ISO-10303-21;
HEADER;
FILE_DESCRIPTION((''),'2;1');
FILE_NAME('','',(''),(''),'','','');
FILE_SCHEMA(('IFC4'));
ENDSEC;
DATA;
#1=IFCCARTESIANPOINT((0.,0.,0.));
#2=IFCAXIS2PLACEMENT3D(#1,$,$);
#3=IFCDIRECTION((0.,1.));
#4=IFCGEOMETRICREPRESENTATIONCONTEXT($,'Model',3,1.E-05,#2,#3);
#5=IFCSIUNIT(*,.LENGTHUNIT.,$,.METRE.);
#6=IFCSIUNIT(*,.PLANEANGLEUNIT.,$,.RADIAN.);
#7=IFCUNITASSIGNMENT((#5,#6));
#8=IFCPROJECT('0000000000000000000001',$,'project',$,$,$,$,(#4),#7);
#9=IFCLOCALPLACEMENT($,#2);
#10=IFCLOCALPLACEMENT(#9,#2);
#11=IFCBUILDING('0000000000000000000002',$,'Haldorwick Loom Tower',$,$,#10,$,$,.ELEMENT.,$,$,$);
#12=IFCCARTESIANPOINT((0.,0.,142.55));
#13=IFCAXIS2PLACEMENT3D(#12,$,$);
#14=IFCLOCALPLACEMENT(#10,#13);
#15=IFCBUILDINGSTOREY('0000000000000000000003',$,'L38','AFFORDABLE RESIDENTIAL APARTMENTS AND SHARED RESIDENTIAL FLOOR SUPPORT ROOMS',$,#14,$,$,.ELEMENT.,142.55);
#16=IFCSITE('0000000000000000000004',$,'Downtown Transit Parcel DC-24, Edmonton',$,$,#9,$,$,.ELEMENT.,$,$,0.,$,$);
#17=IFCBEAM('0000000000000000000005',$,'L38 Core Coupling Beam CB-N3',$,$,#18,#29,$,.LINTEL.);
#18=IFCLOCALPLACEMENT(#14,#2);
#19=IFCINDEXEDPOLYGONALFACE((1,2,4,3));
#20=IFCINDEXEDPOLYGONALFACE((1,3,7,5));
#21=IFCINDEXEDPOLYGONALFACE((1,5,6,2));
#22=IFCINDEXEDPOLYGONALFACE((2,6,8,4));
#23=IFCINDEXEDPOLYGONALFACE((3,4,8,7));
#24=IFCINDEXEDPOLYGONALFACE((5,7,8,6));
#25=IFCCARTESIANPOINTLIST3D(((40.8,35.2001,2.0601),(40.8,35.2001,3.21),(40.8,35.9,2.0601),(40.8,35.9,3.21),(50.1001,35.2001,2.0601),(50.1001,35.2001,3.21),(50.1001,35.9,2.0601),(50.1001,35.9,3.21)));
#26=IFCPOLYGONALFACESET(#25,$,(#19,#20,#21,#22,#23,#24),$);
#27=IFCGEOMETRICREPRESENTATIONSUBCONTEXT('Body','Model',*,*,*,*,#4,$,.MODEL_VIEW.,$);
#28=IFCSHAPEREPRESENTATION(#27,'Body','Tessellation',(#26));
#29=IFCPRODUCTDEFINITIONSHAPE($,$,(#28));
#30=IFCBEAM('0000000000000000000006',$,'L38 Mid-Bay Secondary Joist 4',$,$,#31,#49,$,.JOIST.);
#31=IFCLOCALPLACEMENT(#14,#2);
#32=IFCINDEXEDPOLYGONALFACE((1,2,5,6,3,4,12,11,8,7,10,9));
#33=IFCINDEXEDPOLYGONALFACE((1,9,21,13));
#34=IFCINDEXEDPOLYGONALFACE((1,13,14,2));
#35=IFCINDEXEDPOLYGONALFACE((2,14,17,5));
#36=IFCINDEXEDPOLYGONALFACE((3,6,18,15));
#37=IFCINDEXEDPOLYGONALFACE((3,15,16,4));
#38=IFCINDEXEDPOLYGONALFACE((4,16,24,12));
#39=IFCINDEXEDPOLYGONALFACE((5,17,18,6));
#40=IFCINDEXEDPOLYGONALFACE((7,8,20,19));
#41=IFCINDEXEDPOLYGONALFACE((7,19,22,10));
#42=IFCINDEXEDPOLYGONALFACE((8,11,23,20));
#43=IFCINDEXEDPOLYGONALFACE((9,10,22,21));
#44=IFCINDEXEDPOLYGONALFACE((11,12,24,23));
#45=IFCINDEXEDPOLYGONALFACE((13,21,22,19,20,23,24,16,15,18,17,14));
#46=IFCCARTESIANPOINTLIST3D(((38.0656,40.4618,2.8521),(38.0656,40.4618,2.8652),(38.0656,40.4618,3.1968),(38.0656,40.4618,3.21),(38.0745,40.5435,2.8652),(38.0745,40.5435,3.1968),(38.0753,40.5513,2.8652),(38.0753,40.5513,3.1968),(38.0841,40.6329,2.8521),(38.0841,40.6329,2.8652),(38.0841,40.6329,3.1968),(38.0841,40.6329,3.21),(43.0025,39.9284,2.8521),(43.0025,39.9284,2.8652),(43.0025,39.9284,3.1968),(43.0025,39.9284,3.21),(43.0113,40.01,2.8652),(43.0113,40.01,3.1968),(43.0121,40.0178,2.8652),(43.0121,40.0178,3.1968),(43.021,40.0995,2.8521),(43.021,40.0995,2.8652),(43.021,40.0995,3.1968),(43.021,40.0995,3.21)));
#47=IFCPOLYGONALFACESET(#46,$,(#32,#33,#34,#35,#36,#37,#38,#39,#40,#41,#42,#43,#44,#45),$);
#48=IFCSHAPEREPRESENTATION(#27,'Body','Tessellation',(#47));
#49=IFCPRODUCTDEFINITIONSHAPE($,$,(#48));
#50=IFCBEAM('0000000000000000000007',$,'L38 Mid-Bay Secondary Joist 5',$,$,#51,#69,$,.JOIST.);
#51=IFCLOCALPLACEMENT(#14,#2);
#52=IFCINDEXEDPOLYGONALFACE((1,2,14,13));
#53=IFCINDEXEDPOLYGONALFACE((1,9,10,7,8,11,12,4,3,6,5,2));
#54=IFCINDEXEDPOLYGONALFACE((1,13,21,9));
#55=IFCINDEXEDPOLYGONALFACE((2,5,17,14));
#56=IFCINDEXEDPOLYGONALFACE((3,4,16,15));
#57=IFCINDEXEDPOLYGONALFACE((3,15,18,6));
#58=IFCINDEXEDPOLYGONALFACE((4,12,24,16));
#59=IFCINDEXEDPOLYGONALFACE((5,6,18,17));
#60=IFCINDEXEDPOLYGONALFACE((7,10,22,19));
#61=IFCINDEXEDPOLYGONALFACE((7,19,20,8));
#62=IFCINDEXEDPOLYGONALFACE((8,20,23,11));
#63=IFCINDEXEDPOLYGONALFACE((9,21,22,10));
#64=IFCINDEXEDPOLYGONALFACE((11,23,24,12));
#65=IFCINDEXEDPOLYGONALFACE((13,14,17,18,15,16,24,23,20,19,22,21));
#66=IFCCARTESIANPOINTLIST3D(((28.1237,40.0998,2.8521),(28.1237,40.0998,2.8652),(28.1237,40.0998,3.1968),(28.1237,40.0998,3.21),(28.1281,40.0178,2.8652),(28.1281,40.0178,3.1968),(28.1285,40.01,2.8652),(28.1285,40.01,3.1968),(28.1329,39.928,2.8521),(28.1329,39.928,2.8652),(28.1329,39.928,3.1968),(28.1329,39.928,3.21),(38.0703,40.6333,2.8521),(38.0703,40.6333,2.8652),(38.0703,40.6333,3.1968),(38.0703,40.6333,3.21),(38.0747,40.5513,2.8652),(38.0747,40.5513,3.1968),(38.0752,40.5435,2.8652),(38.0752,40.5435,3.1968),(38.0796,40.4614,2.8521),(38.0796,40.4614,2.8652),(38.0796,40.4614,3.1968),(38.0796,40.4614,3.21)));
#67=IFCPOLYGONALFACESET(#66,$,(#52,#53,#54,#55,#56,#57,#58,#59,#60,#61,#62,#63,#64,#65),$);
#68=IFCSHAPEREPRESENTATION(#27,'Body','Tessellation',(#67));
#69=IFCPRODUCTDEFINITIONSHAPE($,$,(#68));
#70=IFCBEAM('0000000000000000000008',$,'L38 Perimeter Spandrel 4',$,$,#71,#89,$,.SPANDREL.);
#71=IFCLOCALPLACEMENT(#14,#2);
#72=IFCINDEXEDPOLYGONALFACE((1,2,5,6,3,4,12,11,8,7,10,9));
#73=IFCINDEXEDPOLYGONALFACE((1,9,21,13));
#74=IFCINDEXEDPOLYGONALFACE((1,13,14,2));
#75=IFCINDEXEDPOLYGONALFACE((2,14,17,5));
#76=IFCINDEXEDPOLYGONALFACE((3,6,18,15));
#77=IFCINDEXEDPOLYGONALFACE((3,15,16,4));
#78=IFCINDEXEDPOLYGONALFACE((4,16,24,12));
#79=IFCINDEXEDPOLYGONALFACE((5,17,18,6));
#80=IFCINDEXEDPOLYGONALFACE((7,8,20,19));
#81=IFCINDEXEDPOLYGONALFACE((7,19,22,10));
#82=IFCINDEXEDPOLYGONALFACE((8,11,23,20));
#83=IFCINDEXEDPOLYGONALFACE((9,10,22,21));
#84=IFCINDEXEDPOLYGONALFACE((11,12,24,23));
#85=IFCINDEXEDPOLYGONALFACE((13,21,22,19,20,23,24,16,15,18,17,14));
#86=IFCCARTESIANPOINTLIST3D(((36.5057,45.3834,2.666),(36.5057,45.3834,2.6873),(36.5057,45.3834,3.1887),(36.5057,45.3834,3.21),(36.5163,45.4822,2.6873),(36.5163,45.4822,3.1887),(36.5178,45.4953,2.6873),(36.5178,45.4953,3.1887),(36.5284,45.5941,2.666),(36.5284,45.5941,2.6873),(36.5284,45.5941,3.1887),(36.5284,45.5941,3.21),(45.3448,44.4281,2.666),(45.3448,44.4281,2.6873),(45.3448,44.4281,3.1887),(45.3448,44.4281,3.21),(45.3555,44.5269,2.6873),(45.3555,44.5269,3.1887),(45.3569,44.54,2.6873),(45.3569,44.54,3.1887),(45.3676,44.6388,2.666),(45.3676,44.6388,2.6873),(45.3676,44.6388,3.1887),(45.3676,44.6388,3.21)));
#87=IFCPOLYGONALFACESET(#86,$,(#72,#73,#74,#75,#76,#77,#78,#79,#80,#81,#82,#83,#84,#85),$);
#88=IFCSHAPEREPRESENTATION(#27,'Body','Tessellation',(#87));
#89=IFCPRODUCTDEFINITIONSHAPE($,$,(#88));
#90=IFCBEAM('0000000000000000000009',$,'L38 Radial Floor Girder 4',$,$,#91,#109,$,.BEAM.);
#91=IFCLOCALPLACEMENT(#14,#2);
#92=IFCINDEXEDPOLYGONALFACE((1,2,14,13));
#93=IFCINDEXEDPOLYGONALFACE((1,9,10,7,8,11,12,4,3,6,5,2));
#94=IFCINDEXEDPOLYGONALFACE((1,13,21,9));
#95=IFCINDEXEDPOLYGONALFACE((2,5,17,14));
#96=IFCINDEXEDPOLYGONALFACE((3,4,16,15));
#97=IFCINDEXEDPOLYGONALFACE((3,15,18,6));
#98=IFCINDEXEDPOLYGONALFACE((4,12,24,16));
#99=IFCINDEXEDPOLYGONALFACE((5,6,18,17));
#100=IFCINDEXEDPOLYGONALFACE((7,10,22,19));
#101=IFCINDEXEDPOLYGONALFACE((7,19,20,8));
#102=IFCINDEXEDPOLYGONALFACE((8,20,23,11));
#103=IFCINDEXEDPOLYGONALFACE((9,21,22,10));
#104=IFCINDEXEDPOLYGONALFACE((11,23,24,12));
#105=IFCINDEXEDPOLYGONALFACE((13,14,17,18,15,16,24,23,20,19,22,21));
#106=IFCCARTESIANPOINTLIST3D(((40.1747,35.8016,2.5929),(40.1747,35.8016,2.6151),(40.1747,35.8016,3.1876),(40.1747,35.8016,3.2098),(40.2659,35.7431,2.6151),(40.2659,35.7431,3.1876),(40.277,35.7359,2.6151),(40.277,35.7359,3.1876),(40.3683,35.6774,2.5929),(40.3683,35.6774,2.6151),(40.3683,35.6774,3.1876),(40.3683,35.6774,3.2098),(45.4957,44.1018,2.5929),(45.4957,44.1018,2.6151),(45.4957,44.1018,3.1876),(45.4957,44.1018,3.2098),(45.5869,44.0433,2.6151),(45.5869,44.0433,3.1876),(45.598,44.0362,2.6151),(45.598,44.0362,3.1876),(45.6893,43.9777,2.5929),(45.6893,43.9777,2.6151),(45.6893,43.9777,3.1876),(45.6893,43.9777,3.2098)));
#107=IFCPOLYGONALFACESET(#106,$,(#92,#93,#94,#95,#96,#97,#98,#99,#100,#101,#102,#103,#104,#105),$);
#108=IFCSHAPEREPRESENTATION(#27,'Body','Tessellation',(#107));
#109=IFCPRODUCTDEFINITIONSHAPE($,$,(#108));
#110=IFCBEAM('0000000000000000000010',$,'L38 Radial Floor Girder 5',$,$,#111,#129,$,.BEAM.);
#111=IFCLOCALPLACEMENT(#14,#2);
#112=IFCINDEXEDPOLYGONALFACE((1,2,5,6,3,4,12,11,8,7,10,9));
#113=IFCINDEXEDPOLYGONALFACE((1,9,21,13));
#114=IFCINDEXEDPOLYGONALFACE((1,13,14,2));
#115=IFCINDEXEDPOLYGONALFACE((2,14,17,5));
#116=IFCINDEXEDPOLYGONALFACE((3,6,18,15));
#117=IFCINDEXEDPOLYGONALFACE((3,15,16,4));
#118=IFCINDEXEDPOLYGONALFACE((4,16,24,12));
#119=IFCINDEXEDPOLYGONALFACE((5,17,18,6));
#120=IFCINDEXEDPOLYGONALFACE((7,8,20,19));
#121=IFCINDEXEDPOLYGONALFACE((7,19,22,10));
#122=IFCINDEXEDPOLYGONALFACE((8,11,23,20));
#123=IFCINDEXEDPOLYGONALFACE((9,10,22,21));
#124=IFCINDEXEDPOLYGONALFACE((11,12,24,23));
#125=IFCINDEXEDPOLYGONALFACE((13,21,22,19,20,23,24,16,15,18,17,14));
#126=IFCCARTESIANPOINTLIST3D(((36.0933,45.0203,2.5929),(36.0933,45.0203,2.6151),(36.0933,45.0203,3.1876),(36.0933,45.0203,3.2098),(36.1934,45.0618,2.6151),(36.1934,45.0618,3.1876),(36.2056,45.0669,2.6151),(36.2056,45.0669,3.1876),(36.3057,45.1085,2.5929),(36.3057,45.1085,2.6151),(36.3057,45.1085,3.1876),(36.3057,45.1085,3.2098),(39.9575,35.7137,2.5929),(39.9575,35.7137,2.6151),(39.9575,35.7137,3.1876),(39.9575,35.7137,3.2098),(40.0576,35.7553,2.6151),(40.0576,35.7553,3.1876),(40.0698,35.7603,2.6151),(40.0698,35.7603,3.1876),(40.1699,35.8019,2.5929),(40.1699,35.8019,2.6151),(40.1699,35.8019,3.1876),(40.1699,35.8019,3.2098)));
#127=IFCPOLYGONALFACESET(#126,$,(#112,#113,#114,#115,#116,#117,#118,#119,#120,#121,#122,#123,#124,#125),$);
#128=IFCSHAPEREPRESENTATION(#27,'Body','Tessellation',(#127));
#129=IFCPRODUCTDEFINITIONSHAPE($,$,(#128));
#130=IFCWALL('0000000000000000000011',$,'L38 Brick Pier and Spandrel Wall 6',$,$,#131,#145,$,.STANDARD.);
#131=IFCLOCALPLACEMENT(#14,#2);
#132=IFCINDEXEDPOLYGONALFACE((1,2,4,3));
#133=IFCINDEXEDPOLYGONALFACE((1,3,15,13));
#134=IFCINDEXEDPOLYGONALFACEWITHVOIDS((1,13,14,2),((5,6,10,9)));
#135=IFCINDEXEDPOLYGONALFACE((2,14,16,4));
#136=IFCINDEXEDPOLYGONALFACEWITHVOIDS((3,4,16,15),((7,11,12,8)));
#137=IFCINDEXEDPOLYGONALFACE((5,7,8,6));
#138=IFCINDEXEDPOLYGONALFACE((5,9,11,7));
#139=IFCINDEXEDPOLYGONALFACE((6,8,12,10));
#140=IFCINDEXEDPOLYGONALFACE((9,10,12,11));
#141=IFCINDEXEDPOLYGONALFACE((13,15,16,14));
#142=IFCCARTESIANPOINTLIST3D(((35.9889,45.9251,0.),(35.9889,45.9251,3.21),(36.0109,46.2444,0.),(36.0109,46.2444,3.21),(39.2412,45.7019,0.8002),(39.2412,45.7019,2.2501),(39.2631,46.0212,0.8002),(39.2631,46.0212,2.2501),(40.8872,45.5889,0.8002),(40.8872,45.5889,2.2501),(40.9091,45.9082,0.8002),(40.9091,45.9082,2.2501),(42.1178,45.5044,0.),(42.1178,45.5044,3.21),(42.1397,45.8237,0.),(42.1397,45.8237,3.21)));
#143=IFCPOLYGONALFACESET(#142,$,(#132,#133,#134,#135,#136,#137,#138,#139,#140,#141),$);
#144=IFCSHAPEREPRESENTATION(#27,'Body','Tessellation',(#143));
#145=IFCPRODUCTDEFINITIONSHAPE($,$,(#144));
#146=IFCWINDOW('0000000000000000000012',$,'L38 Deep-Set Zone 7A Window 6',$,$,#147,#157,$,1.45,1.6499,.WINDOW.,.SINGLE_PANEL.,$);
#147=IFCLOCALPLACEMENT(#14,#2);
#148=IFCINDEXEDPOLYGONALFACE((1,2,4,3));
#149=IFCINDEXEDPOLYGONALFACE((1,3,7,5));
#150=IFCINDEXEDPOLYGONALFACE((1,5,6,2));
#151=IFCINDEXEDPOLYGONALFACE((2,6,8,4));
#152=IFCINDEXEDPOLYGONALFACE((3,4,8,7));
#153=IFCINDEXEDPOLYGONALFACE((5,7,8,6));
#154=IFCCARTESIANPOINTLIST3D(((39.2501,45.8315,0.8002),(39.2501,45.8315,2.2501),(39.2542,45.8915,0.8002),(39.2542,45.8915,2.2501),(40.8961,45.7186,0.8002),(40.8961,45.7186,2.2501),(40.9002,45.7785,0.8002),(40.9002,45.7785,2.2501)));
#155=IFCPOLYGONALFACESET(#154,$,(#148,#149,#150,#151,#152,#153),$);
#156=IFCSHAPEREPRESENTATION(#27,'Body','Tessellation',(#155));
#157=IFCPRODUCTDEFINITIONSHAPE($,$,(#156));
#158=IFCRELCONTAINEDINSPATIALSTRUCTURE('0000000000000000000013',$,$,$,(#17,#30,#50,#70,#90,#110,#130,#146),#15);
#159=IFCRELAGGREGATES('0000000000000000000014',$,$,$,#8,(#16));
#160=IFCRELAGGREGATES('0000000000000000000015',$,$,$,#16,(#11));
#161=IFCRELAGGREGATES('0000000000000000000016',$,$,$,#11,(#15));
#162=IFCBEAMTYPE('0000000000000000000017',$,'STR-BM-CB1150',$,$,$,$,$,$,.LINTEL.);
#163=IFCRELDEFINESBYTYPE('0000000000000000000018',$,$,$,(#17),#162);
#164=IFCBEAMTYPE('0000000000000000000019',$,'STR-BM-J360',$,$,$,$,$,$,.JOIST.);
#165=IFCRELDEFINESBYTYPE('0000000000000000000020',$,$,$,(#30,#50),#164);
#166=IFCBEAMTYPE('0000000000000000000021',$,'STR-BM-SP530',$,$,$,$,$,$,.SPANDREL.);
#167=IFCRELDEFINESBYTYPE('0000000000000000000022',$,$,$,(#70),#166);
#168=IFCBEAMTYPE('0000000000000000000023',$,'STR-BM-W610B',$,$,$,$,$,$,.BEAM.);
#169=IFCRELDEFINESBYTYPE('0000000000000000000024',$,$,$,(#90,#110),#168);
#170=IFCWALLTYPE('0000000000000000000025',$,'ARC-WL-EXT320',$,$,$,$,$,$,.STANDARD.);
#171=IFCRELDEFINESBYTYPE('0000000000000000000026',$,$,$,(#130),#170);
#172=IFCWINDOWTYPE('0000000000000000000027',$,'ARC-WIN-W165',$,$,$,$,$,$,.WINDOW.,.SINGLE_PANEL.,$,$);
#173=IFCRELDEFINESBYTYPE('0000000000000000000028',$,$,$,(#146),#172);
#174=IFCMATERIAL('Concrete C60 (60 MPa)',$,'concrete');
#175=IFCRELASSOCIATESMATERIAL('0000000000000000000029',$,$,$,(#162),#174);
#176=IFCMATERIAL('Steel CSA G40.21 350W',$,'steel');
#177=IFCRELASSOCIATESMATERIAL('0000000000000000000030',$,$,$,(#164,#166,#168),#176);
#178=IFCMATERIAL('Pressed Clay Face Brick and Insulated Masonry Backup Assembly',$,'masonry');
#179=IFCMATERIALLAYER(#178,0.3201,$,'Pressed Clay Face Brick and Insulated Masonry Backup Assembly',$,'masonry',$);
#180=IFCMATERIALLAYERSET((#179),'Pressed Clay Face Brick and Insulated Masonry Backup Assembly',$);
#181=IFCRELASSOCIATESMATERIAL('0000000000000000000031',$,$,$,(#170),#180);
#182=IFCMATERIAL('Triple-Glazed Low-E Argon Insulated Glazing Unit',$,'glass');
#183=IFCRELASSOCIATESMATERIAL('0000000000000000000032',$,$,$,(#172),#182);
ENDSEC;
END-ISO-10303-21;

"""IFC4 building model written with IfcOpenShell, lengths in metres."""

from ifc_helpers import new_model, si_unit, direction, frame, frame_2d, origin, origin_2d, place, context, subcontext, project, spatial, rectangle, i_section, extrude, material, layer, layer_set, material_profile, profile_set, type_object, element, fill, save


model = new_model("IFC4")

# Units and contexts
model_context = context("Model", 3, precision=1e-05, world=origin(), true_north=direction((0.0, 1.0)))
body_context = subcontext(model_context, "Body", "Model", "MODEL_VIEW")
ifc_project = project(units=[si_unit("LENGTHUNIT", "METRE"), si_unit("PLANEANGLEUNIT", "RADIAN")], contexts=[model_context])

# Site, building, storey
site_placement = place(None, origin())
site = spatial("IfcSite", under=ifc_project, at=site_placement, Name="Downtown Transit Parcel DC-24, Edmonton", CompositionType="ELEMENT", RefElevation=0.0)
building_placement = place(site_placement, origin())
building = spatial("IfcBuilding", under=site, at=building_placement, Name="Haldorwick Loom Tower", CompositionType="ELEMENT")
storey_placement = place(building_placement, frame((0.0, 0.0, 142.55)))
storey = spatial("IfcBuildingStorey", under=building, at=storey_placement, Name="L38", Description="AFFORDABLE RESIDENTIAL APARTMENTS AND SHARED RESIDENTIAL FLOOR SUPPORT ROOMS", CompositionType="ELEMENT", Elevation=142.55)

# Shared definitions
ifc_material_1 = material(Name="Concrete C60 (60 MPa)", Category="concrete")

# Beams
ifc_material_profile_1 = material_profile(ifc_material_1, rectangle(XDim=0.7, YDim=1.1499, at=origin_2d()), Name="RC700X1150", Category="concrete")
ifc_profile_set_1 = profile_set([ifc_material_profile_1], Name="Concrete C60 (60 MPa)")
beam_type_1 = type_object("IfcBeamType", Name="STR-BM-CB1150", PredefinedType="LINTEL", material=ifc_profile_set_1)
beam_1_placement = place(storey_placement, frame((40.8, 35.55, 2.635), z_axis=(1.0, 0.0, 0.0), x_axis=(0.0, 1.0, 0.0)))
element("IfcBeam", 1, at=beam_1_placement, inside=storey, type_object=beam_type_1, Name="L38 Core Coupling Beam CB-N3", PredefinedType="LINTEL", context=body_context, shape_type="SweptSolid", body=[
    extrude(rectangle(XDim=0.7, YDim=1.1499, at=origin_2d()), origin(), (0.0, 0.0, 1.0), 9.3),
])
ifc_material_2 = material(Name="Steel CSA G40.21 350W", Category="steel")
ifc_material_profile_2 = material_profile(ifc_material_2, i_section(OverallWidth=0.1721, OverallDepth=0.3579, WebThickness=0.0078, FlangeThickness=0.0132, at=origin_2d()), Name="W360X57", Category="steel")
ifc_profile_set_2 = profile_set([ifc_material_profile_2], Name="Steel CSA G40.21 350W")
beam_type_2 = type_object("IfcBeamType", Name="STR-BM-J360", PredefinedType="JOIST", material=ifc_profile_set_2)
beam_2_placement = place(storey_placement, frame((43.0117, 40.0139, 3.031), z_axis=(-0.994213, 0.107431, 0.0), x_axis=(-0.107431, -0.994213, 0.0)))
element("IfcBeam", 2, at=beam_2_placement, inside=storey, type_object=beam_type_2, Name="L38 Mid-Bay Secondary Joist 4", PredefinedType="JOIST", context=body_context, shape_type="SweptSolid", body=[
    extrude(i_section(OverallWidth=0.1721, OverallDepth=0.3579, WebThickness=0.0078, FlangeThickness=0.0132, at=origin_2d()), origin(), (0.0, 0.0, 1.0), 4.9656),
])
beam_3_placement = place(storey_placement, frame((38.075, 40.5474, 3.031), z_axis=(-0.998565, -0.053555, 0.0), x_axis=(0.053555, -0.998565, 0.0)))
element("IfcBeam", 3, at=beam_3_placement, inside=storey, type_object=beam_type_2, Name="L38 Mid-Bay Secondary Joist 5", PredefinedType="JOIST", context=body_context, shape_type="SweptSolid", body=[
    extrude(i_section(OverallWidth=0.1721, OverallDepth=0.3579, WebThickness=0.0078, FlangeThickness=0.0132, at=origin_2d()), origin(), (0.0, 0.0, 1.0), 9.9609),
])
ifc_material_profile_3 = material_profile(ifc_material_2, i_section(OverallWidth=0.2119, OverallDepth=0.5439, WebThickness=0.0132, FlangeThickness=0.0212, at=origin_2d()), Name="W530X123", Category="steel")
ifc_profile_set_3 = profile_set([ifc_material_profile_3], Name="Steel CSA G40.21 350W")
beam_type_3 = type_object("IfcBeamType", Name="STR-BM-SP530", PredefinedType="SPANDREL", material=ifc_profile_set_3)
beam_4_placement = place(storey_placement, frame((45.3562, 44.5334, 2.938), z_axis=(-0.99421, 0.107453, 0.0), x_axis=(-0.107453, -0.99421, 0.0)))
element("IfcBeam", 4, at=beam_4_placement, inside=storey, type_object=beam_type_3, Name="L38 Perimeter Spandrel 4", PredefinedType="SPANDREL", context=body_context, shape_type="SweptSolid", body=[
    extrude(i_section(OverallWidth=0.2119, OverallDepth=0.5439, WebThickness=0.0132, FlangeThickness=0.0212, at=origin_2d()), origin(), (0.0, 0.0, 1.0), 8.8906),
])
ifc_material_profile_4 = material_profile(ifc_material_2, i_section(OverallWidth=0.23, OverallDepth=0.6169, WebThickness=0.0132, FlangeThickness=0.0222, at=origin_2d()), Name="W610X140", Category="steel")
ifc_profile_set_4 = profile_set([ifc_material_profile_4], Name="Steel CSA G40.21 350W")
beam_type_4 = type_object("IfcBeamType", Name="STR-BM-W610B", PredefinedType="BEAM", material=ifc_profile_set_4)
beam_5_placement = place(storey_placement, frame((40.2715, 35.7395, 2.9014), z_axis=(0.539691, 0.841863, 0.0), x_axis=(-0.841863, 0.539691, 0.0)))
element("IfcBeam", 5, at=beam_5_placement, inside=storey, type_object=beam_type_4, Name="L38 Radial Floor Girder 4", PredefinedType="BEAM", context=body_context, shape_type="SweptSolid", body=[
    extrude(i_section(OverallWidth=0.23, OverallDepth=0.6169, WebThickness=0.0132, FlangeThickness=0.0222, at=origin_2d()), origin(), (0.0, 0.0, 1.0), 9.8594),
])
beam_6_placement = place(storey_placement, frame((40.0637, 35.7578, 2.9014), z_axis=(-0.383473, 0.923552, 0.0), x_axis=(-0.923552, -0.383473, 0.0)))
element("IfcBeam", 6, at=beam_6_placement, inside=storey, type_object=beam_type_4, Name="L38 Radial Floor Girder 5", PredefinedType="BEAM", context=body_context, shape_type="SweptSolid", body=[
    extrude(i_section(OverallWidth=0.23, OverallDepth=0.6169, WebThickness=0.0132, FlangeThickness=0.0222, at=origin_2d()), origin(), (0.0, 0.0, 1.0), 10.0769),
])

# Wall, opening, window
ifc_material_3 = material(Name="Pressed Clay Face Brick and Insulated Masonry Backup Assembly", Category="masonry")
ifc_layer_1 = layer(ifc_material_3, 0.3201, Name="Pressed Clay Face Brick and Insulated Masonry Backup Assembly", Category="masonry")
ifc_layer_set_1 = layer_set([ifc_layer_1], Name="Pressed Clay Face Brick and Insulated Masonry Backup Assembly")
wall_type_1 = type_object("IfcWallType", Name="ARC-WL-EXT320", PredefinedType="STANDARD", material=ifc_layer_set_1)
wall_1_placement = place(storey_placement, frame((42.1289, 45.6641, 0.0), z_axis=(0.0, 0.0, 1.0), x_axis=(-0.997653, 0.068473, 0.0)))
wall_1 = element("IfcWall", 7, at=wall_1_placement, inside=storey, type_object=wall_type_1, Name="L38 Brick Pier and Spandrel Wall 6", PredefinedType="STANDARD", context=body_context, shape_type="SweptSolid", body=[
    extrude(rectangle(XDim=6.1433, YDim=0.3201, at=frame_2d((3.0718, 0.0))), origin(), (0.0, 0.0, 1.0), 3.21),
])
opening_1_placement = place(wall_1_placement, frame((1.2336, 0.0, 0.8)))
opening_1 = element("IfcOpeningElement", 8, at=opening_1_placement, cuts=wall_1, PredefinedType="OPENING", context=body_context, shape_type="SweptSolid", body=[
    extrude(rectangle(XDim=1.6499, YDim=1.45, at=frame_2d((0.825, 0.7251))), frame((0.0, 0.1699, 0.0), z_axis=(0.0, -1.0, 0.0), x_axis=(1.0, 0.0, 0.0)), (0.0, 0.0, 1.0), 0.3401),
])
ifc_material_4 = material(Name="Triple-Glazed Low-E Argon Insulated Glazing Unit", Category="glass")
window_type = type_object("IfcWindowType", Name="ARC-WIN-W165", PartitioningType="SINGLE_PANEL", PredefinedType="WINDOW", material=ifc_material_4)
window_1_placement = place(opening_1_placement, origin())
window_1 = element("IfcWindow", 9, at=window_1_placement, inside=storey, type_object=window_type, Name="L38 Deep-Set Zone 7A Window 6", OverallHeight=1.45, OverallWidth=1.6499, PartitioningType="SINGLE_PANEL", PredefinedType="WINDOW", context=body_context, shape_type="SweptSolid", body=[
    extrude(rectangle(XDim=1.6499, YDim=1.45, at=frame_2d((0.825, 0.7251))), frame((0.0, 0.03, 0.0), z_axis=(0.0, -1.0, 0.0), x_axis=(1.0, 0.0, 0.0)), (0.0, 0.0, 1.0), 0.0601),
])
fill(opening_1, window_1)

save(model, "model.ifc")
